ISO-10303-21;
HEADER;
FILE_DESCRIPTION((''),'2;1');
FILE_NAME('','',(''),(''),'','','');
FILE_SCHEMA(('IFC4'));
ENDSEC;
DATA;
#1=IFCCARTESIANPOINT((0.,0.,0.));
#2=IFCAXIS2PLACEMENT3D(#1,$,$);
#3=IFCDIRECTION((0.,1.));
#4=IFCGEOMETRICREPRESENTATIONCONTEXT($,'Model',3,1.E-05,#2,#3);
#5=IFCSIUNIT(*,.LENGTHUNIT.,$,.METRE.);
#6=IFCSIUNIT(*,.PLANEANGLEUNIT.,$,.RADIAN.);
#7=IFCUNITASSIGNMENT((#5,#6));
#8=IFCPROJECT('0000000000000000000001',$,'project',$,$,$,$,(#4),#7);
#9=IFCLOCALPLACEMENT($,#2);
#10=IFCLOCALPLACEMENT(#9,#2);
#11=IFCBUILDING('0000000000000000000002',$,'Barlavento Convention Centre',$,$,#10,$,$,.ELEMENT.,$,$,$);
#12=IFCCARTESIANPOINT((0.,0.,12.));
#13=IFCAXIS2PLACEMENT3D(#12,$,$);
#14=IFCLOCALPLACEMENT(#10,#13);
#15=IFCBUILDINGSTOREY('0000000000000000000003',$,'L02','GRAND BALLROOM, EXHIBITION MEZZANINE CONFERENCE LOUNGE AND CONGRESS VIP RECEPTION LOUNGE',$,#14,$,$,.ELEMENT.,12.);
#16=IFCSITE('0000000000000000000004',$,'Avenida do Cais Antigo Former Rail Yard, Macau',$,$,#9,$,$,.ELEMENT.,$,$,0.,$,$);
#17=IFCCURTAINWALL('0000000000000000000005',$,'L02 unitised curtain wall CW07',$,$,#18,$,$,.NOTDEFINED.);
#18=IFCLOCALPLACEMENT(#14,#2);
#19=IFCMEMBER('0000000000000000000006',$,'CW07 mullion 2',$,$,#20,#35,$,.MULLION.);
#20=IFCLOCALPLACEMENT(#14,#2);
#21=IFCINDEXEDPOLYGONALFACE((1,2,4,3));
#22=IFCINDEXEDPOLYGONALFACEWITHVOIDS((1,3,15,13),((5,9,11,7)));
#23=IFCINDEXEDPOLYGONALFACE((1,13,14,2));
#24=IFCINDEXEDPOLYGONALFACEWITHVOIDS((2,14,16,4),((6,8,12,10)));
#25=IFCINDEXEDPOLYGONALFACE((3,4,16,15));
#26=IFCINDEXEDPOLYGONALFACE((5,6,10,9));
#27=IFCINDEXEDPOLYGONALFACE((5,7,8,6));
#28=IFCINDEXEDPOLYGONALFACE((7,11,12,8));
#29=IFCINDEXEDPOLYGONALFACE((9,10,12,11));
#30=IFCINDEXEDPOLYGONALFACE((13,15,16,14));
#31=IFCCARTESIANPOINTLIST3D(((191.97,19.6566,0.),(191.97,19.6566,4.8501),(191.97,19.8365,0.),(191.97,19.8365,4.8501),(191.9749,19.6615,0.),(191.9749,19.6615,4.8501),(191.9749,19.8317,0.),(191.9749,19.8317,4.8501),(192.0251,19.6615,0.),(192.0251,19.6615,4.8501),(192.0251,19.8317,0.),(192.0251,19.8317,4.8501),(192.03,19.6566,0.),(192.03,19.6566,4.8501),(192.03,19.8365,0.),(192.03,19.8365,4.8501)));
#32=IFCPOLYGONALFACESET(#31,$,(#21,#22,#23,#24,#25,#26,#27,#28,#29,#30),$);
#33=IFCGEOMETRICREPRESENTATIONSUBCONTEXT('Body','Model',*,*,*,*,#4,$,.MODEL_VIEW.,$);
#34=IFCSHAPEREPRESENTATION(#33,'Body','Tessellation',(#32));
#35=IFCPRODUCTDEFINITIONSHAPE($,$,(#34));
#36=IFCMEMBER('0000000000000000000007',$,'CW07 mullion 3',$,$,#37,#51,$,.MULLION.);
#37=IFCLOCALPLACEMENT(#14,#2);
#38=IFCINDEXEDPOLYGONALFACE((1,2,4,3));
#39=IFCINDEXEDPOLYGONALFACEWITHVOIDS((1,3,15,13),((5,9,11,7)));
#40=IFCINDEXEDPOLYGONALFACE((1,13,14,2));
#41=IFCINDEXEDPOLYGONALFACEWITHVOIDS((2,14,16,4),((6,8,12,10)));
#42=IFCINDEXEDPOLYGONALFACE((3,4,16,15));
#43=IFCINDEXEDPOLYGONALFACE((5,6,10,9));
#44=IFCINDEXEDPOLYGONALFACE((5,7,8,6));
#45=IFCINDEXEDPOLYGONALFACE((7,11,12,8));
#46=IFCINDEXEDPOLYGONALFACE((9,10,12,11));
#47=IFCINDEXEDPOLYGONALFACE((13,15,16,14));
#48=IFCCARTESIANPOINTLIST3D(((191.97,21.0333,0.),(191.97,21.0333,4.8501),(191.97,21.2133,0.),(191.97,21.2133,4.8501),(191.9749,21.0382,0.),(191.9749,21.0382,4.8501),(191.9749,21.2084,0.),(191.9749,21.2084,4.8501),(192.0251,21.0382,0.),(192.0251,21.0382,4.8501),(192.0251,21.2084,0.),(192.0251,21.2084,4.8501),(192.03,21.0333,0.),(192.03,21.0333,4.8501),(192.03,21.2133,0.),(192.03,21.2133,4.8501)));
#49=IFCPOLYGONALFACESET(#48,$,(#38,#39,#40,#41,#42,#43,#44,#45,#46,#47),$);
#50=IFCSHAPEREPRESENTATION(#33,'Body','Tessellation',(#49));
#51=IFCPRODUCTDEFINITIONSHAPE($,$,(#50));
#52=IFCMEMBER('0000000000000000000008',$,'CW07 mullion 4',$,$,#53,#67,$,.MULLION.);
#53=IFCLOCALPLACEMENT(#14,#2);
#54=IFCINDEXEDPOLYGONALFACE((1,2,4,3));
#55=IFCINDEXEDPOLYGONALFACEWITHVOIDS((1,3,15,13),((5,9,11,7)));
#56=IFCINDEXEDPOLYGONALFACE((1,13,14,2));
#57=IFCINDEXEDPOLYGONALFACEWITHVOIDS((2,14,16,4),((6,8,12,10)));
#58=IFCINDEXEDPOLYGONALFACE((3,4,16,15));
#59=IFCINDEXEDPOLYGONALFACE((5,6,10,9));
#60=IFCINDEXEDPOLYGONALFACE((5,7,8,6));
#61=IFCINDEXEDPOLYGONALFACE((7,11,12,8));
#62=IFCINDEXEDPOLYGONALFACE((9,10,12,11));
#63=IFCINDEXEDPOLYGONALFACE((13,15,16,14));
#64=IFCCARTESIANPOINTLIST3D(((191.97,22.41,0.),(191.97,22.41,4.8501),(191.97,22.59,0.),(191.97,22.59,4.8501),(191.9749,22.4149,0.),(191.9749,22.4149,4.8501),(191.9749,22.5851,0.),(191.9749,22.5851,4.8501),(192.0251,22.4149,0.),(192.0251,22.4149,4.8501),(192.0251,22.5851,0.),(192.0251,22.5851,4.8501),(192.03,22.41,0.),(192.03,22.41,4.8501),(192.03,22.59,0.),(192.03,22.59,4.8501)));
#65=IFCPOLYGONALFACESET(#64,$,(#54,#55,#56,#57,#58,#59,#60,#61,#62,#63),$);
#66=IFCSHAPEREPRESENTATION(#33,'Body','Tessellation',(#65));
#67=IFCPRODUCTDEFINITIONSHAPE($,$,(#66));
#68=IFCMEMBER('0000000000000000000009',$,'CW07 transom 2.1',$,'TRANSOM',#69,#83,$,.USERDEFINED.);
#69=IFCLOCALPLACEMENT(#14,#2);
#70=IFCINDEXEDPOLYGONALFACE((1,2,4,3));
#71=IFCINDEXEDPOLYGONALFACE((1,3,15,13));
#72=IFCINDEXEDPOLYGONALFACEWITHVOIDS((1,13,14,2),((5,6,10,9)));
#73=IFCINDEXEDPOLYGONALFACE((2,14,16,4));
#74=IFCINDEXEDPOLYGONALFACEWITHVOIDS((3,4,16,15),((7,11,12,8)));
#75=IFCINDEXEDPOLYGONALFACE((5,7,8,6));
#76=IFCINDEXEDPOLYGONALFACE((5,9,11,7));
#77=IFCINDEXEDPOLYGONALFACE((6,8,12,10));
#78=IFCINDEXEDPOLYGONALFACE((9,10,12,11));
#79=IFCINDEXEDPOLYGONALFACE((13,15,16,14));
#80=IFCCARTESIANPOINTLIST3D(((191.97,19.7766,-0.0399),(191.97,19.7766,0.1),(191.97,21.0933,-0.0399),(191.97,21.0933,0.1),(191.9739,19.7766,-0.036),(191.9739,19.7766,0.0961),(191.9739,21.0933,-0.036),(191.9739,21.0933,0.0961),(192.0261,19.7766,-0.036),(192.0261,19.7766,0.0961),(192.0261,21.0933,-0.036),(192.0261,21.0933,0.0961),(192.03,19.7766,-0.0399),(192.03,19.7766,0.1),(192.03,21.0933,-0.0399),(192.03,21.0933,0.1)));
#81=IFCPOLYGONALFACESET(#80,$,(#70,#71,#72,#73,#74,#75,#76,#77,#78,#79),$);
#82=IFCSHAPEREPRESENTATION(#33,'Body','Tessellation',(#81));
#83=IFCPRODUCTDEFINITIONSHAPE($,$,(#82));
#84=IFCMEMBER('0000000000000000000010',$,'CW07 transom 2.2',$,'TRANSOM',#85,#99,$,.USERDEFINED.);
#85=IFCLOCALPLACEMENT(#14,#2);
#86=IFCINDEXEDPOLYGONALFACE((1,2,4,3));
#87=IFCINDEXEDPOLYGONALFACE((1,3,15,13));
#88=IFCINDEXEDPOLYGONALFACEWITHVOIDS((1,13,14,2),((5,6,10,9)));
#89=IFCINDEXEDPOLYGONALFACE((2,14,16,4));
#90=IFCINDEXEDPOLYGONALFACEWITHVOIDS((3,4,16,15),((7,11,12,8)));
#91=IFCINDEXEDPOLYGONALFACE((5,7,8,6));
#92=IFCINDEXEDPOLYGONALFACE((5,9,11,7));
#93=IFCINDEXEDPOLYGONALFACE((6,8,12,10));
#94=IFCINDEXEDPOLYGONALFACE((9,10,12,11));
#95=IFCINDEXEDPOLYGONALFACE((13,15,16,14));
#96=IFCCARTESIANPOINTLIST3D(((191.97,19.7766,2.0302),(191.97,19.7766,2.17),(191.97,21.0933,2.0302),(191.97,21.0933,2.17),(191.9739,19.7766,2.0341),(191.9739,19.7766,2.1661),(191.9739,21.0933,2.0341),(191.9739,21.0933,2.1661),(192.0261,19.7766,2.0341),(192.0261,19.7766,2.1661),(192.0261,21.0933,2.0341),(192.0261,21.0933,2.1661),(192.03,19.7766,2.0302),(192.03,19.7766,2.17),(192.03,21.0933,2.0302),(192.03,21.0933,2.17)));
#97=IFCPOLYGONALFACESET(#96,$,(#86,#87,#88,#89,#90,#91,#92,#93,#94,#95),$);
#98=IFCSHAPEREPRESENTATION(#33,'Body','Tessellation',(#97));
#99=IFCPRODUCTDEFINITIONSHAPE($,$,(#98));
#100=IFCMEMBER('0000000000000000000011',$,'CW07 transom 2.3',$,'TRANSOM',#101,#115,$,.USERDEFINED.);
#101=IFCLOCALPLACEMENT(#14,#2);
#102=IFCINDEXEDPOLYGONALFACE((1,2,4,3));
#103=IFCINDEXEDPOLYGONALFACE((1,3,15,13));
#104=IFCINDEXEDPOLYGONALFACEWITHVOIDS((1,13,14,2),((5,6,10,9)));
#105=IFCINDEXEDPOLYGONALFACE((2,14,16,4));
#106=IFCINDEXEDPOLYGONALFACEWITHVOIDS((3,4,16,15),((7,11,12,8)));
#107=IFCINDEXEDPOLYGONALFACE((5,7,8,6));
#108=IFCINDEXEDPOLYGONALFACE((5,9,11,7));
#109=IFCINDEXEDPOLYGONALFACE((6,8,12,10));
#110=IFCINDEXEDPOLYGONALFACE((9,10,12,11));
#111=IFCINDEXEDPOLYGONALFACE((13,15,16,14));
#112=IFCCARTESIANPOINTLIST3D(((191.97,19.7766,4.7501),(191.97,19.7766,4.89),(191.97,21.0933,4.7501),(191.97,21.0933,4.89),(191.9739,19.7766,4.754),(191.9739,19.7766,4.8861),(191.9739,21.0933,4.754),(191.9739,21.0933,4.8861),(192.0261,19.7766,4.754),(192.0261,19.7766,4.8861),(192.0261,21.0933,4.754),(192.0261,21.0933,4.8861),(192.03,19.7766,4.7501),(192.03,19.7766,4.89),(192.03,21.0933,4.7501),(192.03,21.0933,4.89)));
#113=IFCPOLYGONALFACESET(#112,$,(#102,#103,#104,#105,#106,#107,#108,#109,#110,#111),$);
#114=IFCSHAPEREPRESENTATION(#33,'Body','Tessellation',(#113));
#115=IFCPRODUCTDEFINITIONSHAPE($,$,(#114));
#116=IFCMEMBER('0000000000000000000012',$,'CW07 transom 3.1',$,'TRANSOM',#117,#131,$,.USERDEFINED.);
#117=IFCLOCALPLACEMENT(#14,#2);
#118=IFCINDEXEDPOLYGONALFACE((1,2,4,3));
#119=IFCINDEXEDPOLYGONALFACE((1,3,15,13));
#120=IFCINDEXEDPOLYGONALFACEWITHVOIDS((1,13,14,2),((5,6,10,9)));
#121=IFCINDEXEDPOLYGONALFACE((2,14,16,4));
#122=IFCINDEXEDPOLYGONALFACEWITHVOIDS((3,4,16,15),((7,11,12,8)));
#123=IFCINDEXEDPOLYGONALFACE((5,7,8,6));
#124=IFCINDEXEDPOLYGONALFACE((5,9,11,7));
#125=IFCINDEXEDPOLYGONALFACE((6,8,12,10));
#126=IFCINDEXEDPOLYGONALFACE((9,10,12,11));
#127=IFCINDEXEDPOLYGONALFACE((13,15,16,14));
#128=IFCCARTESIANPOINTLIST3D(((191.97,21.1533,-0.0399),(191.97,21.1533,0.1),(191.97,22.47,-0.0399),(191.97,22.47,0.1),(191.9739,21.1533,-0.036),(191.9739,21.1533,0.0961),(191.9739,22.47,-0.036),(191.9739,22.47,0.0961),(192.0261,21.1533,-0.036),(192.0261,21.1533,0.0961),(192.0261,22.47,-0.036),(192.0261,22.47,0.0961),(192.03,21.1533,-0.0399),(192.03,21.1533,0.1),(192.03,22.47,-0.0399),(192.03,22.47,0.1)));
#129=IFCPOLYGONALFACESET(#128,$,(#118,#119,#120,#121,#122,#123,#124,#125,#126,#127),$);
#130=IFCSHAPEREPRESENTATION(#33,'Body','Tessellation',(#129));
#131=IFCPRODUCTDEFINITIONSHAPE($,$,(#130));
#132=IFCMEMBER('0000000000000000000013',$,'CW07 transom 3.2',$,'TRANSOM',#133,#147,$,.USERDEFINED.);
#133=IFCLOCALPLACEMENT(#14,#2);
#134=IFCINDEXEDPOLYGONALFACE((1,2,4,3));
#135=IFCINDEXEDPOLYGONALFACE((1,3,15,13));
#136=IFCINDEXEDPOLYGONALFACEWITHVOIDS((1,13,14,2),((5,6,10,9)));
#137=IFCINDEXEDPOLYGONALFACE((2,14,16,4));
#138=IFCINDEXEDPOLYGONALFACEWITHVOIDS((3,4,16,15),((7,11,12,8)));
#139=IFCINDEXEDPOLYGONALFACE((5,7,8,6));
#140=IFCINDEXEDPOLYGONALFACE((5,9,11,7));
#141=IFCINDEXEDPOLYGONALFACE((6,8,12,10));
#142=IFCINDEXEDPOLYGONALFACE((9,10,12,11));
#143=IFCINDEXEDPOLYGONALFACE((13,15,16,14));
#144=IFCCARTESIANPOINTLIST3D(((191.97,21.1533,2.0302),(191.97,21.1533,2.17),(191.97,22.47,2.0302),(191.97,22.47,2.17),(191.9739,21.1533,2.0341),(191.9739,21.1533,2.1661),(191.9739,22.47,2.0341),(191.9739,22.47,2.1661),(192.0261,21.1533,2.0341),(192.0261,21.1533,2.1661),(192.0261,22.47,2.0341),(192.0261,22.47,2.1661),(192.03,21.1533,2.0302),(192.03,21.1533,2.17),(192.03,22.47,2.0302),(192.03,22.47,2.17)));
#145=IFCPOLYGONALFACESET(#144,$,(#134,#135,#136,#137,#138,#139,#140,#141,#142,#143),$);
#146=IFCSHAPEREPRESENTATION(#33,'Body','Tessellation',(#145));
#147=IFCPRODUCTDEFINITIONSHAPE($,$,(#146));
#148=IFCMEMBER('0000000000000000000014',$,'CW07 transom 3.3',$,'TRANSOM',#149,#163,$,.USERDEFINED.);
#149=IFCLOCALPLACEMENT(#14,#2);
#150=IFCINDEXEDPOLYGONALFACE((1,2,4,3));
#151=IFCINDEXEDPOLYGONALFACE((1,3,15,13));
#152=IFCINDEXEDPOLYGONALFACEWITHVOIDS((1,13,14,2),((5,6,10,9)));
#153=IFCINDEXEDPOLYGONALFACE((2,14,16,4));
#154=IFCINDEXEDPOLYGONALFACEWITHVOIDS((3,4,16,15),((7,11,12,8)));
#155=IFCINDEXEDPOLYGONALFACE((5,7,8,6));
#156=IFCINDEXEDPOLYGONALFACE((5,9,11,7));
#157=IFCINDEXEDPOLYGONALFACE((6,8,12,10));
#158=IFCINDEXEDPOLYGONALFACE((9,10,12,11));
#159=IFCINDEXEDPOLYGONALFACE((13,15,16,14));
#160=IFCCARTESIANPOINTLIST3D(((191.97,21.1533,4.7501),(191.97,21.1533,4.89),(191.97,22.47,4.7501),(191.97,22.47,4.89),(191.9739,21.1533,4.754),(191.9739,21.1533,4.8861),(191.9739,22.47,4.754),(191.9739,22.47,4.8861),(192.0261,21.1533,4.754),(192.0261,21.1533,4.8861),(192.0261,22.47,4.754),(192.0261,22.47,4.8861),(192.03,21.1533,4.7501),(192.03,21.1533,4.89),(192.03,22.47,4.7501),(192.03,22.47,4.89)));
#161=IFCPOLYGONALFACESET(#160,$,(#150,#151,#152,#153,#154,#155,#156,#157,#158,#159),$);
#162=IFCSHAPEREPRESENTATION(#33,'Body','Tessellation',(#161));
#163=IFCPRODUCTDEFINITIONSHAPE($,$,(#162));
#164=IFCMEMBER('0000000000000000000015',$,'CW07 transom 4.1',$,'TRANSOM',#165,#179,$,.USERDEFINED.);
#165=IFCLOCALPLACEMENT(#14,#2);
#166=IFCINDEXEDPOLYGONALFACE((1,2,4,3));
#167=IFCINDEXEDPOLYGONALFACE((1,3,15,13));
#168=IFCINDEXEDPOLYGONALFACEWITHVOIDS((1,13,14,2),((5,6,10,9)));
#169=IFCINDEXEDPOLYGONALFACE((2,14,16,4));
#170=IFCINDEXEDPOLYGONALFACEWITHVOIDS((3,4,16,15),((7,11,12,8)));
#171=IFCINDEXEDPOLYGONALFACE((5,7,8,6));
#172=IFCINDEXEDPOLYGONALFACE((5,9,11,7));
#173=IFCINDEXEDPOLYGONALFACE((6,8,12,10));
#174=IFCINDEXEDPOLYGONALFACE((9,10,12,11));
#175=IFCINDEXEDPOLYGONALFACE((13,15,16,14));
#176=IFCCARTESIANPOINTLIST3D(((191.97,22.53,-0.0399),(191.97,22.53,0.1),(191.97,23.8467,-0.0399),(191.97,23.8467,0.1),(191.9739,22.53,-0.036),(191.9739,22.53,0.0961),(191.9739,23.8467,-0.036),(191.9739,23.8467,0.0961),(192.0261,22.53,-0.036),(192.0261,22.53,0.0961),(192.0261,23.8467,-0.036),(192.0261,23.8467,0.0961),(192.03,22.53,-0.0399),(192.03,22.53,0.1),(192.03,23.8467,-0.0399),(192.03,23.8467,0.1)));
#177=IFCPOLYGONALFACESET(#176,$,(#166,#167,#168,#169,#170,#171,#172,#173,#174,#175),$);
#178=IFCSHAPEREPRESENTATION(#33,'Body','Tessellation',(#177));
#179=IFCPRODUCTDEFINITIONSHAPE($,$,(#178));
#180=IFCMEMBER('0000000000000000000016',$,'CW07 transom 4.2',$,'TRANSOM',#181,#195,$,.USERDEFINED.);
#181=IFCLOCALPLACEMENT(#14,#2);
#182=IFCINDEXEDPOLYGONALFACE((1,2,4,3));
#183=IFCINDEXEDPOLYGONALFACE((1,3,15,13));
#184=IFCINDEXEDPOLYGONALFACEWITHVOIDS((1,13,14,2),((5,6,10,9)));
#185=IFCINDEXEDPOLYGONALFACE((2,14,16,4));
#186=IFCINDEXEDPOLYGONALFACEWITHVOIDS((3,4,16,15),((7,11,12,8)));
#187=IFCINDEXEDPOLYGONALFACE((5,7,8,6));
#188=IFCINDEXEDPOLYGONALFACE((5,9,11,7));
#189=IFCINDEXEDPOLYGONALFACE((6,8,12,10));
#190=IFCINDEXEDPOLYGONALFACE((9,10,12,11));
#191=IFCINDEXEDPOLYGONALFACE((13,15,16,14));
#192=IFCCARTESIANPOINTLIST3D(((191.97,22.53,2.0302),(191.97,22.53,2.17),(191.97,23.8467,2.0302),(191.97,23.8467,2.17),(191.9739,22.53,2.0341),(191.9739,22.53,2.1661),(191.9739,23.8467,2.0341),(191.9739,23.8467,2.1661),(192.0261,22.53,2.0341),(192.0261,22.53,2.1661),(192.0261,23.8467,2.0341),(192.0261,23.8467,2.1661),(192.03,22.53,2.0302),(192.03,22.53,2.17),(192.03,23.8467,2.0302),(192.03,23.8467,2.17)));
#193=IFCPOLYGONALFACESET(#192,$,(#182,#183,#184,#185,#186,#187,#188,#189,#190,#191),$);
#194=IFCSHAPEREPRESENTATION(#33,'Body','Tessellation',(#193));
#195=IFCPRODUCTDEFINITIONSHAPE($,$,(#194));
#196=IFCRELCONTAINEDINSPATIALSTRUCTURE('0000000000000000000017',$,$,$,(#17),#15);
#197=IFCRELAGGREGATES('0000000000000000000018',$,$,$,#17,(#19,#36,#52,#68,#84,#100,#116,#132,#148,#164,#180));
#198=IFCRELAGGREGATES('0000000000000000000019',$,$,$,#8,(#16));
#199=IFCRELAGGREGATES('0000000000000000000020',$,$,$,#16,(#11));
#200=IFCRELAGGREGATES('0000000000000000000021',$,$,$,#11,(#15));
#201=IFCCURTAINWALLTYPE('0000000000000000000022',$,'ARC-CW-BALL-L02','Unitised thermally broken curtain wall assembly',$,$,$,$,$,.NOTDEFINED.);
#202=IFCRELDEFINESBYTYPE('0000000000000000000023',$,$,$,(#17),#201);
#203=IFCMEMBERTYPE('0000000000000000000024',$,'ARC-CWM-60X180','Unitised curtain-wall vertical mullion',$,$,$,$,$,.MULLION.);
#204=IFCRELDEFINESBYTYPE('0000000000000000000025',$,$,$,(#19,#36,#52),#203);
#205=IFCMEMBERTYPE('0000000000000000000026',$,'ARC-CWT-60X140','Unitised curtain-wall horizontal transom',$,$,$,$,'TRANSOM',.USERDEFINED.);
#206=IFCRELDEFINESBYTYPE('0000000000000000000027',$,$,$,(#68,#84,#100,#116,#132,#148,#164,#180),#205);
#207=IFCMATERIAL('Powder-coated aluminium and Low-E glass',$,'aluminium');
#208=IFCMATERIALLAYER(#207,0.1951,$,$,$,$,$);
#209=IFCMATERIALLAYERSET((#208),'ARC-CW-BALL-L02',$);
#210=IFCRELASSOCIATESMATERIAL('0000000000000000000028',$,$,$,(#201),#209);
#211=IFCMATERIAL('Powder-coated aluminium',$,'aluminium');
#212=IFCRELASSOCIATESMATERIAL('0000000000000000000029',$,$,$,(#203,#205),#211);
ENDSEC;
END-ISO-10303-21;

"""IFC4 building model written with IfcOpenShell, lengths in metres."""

from ifc_helpers import new_model, si_unit, direction, frame, origin, origin_2d, place, context, subcontext, project, spatial, hollow_rectangle, extrude, material, layer, layer_set, material_profile, profile_set, type_object, element, aggregate, save


model = new_model("IFC4")

# Units and contexts
model_context = context("Model", 3, precision=1e-05, world=origin(), true_north=direction((0.0, 1.0)))
body_context = subcontext(model_context, "Body", "Model", "MODEL_VIEW")
ifc_project = project(units=[si_unit("LENGTHUNIT", "METRE"), si_unit("PLANEANGLEUNIT", "RADIAN")], contexts=[model_context])

# Site, building, storey
site_placement = place(None, origin())
site = spatial("IfcSite", under=ifc_project, at=site_placement, Name="Avenida do Cais Antigo Former Rail Yard, Macau", CompositionType="ELEMENT", RefElevation=0.0)
building_placement = place(site_placement, origin())
building = spatial("IfcBuilding", under=site, at=building_placement, Name="Barlavento Convention Centre", CompositionType="ELEMENT")
storey_placement = place(building_placement, frame((0.0, 0.0, 12.0)))
storey = spatial("IfcBuildingStorey", under=building, at=storey_placement, Name="L02", Description="GRAND BALLROOM, EXHIBITION MEZZANINE CONFERENCE LOUNGE AND CONGRESS VIP RECEPTION LOUNGE", CompositionType="ELEMENT", Elevation=12.0)

# Curtain wall, members
ifc_material_1 = material(Name="Powder-coated aluminium and Low-E glass", Category="aluminium")
ifc_layer_1 = layer(ifc_material_1, 0.1951)
ifc_layer_set_1 = layer_set([ifc_layer_1], Name="ARC-CW-BALL-L02")
curtain_wall_type = type_object("IfcCurtainWallType", Name="ARC-CW-BALL-L02", Description="Unitised thermally broken curtain wall assembly", PredefinedType="NOTDEFINED", material=ifc_layer_set_1)
curtain_wall_placement = place(storey_placement, origin())
curtain_wall = element("IfcCurtainWall", 1, at=curtain_wall_placement, inside=storey, type_object=curtain_wall_type, Name="L02 unitised curtain wall CW07", PredefinedType="NOTDEFINED")
ifc_material_2 = material(Name="Powder-coated aluminium", Category="aluminium")
ifc_material_profile_1 = material_profile(ifc_material_2, hollow_rectangle(XDim=0.0601, YDim=0.1799, WallThickness=0.0049, at=origin_2d()), Name="AL-MULL 60x180x5")
ifc_profile_set_1 = profile_set([ifc_material_profile_1], Name="Powder-coated aluminium")
member_type_1 = type_object("IfcMemberType", Name="ARC-CWM-60X180", Description="Unitised curtain-wall vertical mullion", PredefinedType="MULLION", material=ifc_profile_set_1)
member_1_placement = place(storey_placement, frame((192.0, 19.7466, 0.0), z_axis=(0.0, 0.0, 1.0), x_axis=(-1.0, 0.0, 0.0)))
member_1 = element("IfcMember", 2, at=member_1_placement, type_object=member_type_1, Name="CW07 mullion 2", PredefinedType="MULLION", context=body_context, shape_type="SweptSolid", body=[
    extrude(hollow_rectangle(XDim=0.0601, YDim=0.1799, WallThickness=0.0049, at=origin_2d()), origin(), (0.0, 0.0, 1.0), 4.8501),
])
member_2_placement = place(storey_placement, frame((192.0, 21.1233, 0.0), z_axis=(0.0, 0.0, 1.0), x_axis=(-1.0, 0.0, 0.0)))
member_2 = element("IfcMember", 3, at=member_2_placement, type_object=member_type_1, Name="CW07 mullion 3", PredefinedType="MULLION", context=body_context, shape_type="SweptSolid", body=[
    extrude(hollow_rectangle(XDim=0.0601, YDim=0.1799, WallThickness=0.0049, at=origin_2d()), origin(), (0.0, 0.0, 1.0), 4.8501),
])
member_3_placement = place(storey_placement, frame((192.0, 22.5, 0.0), z_axis=(0.0, 0.0, 1.0), x_axis=(-1.0, 0.0, 0.0)))
member_3 = element("IfcMember", 4, at=member_3_placement, type_object=member_type_1, Name="CW07 mullion 4", PredefinedType="MULLION", context=body_context, shape_type="SweptSolid", body=[
    extrude(hollow_rectangle(XDim=0.0601, YDim=0.1799, WallThickness=0.0049, at=origin_2d()), origin(), (0.0, 0.0, 1.0), 4.8501),
])
ifc_material_profile_2 = material_profile(ifc_material_2, hollow_rectangle(XDim=0.0601, YDim=0.1399, WallThickness=0.0039, at=origin_2d()), Name="AL-TRAN 60x140x4")
ifc_profile_set_2 = profile_set([ifc_material_profile_2], Name="Powder-coated aluminium")
member_type_2 = type_object("IfcMemberType", Name="ARC-CWT-60X140", Description="Unitised curtain-wall horizontal transom", ElementType="TRANSOM", PredefinedType="USERDEFINED", material=ifc_profile_set_2)
member_4_placement = place(storey_placement, frame((192.0, 19.7766, 0.03), z_axis=(0.0, 1.0, 0.0), x_axis=(-1.0, 0.0, 0.0)))
member_4 = element("IfcMember", 5, at=member_4_placement, type_object=member_type_2, Name="CW07 transom 2.1", ObjectType="TRANSOM", PredefinedType="USERDEFINED", context=body_context, shape_type="SweptSolid", body=[
    extrude(hollow_rectangle(XDim=0.0601, YDim=0.1399, WallThickness=0.0039, at=origin_2d()), origin(), (0.0, 0.0, 1.0), 1.3167),
])
member_5_placement = place(storey_placement, frame((192.0, 19.7766, 2.1001), z_axis=(0.0, 1.0, 0.0), x_axis=(-1.0, 0.0, 0.0)))
member_5 = element("IfcMember", 6, at=member_5_placement, type_object=member_type_2, Name="CW07 transom 2.2", ObjectType="TRANSOM", PredefinedType="USERDEFINED", context=body_context, shape_type="SweptSolid", body=[
    extrude(hollow_rectangle(XDim=0.0601, YDim=0.1399, WallThickness=0.0039, at=origin_2d()), origin(), (0.0, 0.0, 1.0), 1.3167),
])
member_6_placement = place(storey_placement, frame((192.0, 19.7766, 4.8201), z_axis=(0.0, 1.0, 0.0), x_axis=(-1.0, 0.0, 0.0)))
member_6 = element("IfcMember", 7, at=member_6_placement, type_object=member_type_2, Name="CW07 transom 2.3", ObjectType="TRANSOM", PredefinedType="USERDEFINED", context=body_context, shape_type="SweptSolid", body=[
    extrude(hollow_rectangle(XDim=0.0601, YDim=0.1399, WallThickness=0.0039, at=origin_2d()), origin(), (0.0, 0.0, 1.0), 1.3167),
])
member_7_placement = place(storey_placement, frame((192.0, 21.1533, 0.03), z_axis=(0.0, 1.0, 0.0), x_axis=(-1.0, 0.0, 0.0)))
member_7 = element("IfcMember", 8, at=member_7_placement, type_object=member_type_2, Name="CW07 transom 3.1", ObjectType="TRANSOM", PredefinedType="USERDEFINED", context=body_context, shape_type="SweptSolid", body=[
    extrude(hollow_rectangle(XDim=0.0601, YDim=0.1399, WallThickness=0.0039, at=origin_2d()), origin(), (0.0, 0.0, 1.0), 1.3167),
])
member_8_placement = place(storey_placement, frame((192.0, 21.1533, 2.1001), z_axis=(0.0, 1.0, 0.0), x_axis=(-1.0, 0.0, 0.0)))
member_8 = element("IfcMember", 9, at=member_8_placement, type_object=member_type_2, Name="CW07 transom 3.2", ObjectType="TRANSOM", PredefinedType="USERDEFINED", context=body_context, shape_type="SweptSolid", body=[
    extrude(hollow_rectangle(XDim=0.0601, YDim=0.1399, WallThickness=0.0039, at=origin_2d()), origin(), (0.0, 0.0, 1.0), 1.3167),
])
member_9_placement = place(storey_placement, frame((192.0, 21.1533, 4.8201), z_axis=(0.0, 1.0, 0.0), x_axis=(-1.0, 0.0, 0.0)))
member_9 = element("IfcMember", 10, at=member_9_placement, type_object=member_type_2, Name="CW07 transom 3.3", ObjectType="TRANSOM", PredefinedType="USERDEFINED", context=body_context, shape_type="SweptSolid", body=[
    extrude(hollow_rectangle(XDim=0.0601, YDim=0.1399, WallThickness=0.0039, at=origin_2d()), origin(), (0.0, 0.0, 1.0), 1.3167),
])
member_10_placement = place(storey_placement, frame((192.0, 22.53, 0.03), z_axis=(0.0, 1.0, 0.0), x_axis=(-1.0, 0.0, 0.0)))
member_10 = element("IfcMember", 11, at=member_10_placement, type_object=member_type_2, Name="CW07 transom 4.1", ObjectType="TRANSOM", PredefinedType="USERDEFINED", context=body_context, shape_type="SweptSolid", body=[
    extrude(hollow_rectangle(XDim=0.0601, YDim=0.1399, WallThickness=0.0039, at=origin_2d()), origin(), (0.0, 0.0, 1.0), 1.3167),
])
member_11_placement = place(storey_placement, frame((192.0, 22.53, 2.1001), z_axis=(0.0, 1.0, 0.0), x_axis=(-1.0, 0.0, 0.0)))
member_11 = element("IfcMember", 12, at=member_11_placement, type_object=member_type_2, Name="CW07 transom 4.2", ObjectType="TRANSOM", PredefinedType="USERDEFINED", context=body_context, shape_type="SweptSolid", body=[
    extrude(hollow_rectangle(XDim=0.0601, YDim=0.1399, WallThickness=0.0039, at=origin_2d()), origin(), (0.0, 0.0, 1.0), 1.3167),
])
aggregate(curtain_wall, [member_1, member_2, member_3, member_4, member_5, member_6, member_7, member_8, member_9, member_10, member_11])

save(model, "model.ifc")
